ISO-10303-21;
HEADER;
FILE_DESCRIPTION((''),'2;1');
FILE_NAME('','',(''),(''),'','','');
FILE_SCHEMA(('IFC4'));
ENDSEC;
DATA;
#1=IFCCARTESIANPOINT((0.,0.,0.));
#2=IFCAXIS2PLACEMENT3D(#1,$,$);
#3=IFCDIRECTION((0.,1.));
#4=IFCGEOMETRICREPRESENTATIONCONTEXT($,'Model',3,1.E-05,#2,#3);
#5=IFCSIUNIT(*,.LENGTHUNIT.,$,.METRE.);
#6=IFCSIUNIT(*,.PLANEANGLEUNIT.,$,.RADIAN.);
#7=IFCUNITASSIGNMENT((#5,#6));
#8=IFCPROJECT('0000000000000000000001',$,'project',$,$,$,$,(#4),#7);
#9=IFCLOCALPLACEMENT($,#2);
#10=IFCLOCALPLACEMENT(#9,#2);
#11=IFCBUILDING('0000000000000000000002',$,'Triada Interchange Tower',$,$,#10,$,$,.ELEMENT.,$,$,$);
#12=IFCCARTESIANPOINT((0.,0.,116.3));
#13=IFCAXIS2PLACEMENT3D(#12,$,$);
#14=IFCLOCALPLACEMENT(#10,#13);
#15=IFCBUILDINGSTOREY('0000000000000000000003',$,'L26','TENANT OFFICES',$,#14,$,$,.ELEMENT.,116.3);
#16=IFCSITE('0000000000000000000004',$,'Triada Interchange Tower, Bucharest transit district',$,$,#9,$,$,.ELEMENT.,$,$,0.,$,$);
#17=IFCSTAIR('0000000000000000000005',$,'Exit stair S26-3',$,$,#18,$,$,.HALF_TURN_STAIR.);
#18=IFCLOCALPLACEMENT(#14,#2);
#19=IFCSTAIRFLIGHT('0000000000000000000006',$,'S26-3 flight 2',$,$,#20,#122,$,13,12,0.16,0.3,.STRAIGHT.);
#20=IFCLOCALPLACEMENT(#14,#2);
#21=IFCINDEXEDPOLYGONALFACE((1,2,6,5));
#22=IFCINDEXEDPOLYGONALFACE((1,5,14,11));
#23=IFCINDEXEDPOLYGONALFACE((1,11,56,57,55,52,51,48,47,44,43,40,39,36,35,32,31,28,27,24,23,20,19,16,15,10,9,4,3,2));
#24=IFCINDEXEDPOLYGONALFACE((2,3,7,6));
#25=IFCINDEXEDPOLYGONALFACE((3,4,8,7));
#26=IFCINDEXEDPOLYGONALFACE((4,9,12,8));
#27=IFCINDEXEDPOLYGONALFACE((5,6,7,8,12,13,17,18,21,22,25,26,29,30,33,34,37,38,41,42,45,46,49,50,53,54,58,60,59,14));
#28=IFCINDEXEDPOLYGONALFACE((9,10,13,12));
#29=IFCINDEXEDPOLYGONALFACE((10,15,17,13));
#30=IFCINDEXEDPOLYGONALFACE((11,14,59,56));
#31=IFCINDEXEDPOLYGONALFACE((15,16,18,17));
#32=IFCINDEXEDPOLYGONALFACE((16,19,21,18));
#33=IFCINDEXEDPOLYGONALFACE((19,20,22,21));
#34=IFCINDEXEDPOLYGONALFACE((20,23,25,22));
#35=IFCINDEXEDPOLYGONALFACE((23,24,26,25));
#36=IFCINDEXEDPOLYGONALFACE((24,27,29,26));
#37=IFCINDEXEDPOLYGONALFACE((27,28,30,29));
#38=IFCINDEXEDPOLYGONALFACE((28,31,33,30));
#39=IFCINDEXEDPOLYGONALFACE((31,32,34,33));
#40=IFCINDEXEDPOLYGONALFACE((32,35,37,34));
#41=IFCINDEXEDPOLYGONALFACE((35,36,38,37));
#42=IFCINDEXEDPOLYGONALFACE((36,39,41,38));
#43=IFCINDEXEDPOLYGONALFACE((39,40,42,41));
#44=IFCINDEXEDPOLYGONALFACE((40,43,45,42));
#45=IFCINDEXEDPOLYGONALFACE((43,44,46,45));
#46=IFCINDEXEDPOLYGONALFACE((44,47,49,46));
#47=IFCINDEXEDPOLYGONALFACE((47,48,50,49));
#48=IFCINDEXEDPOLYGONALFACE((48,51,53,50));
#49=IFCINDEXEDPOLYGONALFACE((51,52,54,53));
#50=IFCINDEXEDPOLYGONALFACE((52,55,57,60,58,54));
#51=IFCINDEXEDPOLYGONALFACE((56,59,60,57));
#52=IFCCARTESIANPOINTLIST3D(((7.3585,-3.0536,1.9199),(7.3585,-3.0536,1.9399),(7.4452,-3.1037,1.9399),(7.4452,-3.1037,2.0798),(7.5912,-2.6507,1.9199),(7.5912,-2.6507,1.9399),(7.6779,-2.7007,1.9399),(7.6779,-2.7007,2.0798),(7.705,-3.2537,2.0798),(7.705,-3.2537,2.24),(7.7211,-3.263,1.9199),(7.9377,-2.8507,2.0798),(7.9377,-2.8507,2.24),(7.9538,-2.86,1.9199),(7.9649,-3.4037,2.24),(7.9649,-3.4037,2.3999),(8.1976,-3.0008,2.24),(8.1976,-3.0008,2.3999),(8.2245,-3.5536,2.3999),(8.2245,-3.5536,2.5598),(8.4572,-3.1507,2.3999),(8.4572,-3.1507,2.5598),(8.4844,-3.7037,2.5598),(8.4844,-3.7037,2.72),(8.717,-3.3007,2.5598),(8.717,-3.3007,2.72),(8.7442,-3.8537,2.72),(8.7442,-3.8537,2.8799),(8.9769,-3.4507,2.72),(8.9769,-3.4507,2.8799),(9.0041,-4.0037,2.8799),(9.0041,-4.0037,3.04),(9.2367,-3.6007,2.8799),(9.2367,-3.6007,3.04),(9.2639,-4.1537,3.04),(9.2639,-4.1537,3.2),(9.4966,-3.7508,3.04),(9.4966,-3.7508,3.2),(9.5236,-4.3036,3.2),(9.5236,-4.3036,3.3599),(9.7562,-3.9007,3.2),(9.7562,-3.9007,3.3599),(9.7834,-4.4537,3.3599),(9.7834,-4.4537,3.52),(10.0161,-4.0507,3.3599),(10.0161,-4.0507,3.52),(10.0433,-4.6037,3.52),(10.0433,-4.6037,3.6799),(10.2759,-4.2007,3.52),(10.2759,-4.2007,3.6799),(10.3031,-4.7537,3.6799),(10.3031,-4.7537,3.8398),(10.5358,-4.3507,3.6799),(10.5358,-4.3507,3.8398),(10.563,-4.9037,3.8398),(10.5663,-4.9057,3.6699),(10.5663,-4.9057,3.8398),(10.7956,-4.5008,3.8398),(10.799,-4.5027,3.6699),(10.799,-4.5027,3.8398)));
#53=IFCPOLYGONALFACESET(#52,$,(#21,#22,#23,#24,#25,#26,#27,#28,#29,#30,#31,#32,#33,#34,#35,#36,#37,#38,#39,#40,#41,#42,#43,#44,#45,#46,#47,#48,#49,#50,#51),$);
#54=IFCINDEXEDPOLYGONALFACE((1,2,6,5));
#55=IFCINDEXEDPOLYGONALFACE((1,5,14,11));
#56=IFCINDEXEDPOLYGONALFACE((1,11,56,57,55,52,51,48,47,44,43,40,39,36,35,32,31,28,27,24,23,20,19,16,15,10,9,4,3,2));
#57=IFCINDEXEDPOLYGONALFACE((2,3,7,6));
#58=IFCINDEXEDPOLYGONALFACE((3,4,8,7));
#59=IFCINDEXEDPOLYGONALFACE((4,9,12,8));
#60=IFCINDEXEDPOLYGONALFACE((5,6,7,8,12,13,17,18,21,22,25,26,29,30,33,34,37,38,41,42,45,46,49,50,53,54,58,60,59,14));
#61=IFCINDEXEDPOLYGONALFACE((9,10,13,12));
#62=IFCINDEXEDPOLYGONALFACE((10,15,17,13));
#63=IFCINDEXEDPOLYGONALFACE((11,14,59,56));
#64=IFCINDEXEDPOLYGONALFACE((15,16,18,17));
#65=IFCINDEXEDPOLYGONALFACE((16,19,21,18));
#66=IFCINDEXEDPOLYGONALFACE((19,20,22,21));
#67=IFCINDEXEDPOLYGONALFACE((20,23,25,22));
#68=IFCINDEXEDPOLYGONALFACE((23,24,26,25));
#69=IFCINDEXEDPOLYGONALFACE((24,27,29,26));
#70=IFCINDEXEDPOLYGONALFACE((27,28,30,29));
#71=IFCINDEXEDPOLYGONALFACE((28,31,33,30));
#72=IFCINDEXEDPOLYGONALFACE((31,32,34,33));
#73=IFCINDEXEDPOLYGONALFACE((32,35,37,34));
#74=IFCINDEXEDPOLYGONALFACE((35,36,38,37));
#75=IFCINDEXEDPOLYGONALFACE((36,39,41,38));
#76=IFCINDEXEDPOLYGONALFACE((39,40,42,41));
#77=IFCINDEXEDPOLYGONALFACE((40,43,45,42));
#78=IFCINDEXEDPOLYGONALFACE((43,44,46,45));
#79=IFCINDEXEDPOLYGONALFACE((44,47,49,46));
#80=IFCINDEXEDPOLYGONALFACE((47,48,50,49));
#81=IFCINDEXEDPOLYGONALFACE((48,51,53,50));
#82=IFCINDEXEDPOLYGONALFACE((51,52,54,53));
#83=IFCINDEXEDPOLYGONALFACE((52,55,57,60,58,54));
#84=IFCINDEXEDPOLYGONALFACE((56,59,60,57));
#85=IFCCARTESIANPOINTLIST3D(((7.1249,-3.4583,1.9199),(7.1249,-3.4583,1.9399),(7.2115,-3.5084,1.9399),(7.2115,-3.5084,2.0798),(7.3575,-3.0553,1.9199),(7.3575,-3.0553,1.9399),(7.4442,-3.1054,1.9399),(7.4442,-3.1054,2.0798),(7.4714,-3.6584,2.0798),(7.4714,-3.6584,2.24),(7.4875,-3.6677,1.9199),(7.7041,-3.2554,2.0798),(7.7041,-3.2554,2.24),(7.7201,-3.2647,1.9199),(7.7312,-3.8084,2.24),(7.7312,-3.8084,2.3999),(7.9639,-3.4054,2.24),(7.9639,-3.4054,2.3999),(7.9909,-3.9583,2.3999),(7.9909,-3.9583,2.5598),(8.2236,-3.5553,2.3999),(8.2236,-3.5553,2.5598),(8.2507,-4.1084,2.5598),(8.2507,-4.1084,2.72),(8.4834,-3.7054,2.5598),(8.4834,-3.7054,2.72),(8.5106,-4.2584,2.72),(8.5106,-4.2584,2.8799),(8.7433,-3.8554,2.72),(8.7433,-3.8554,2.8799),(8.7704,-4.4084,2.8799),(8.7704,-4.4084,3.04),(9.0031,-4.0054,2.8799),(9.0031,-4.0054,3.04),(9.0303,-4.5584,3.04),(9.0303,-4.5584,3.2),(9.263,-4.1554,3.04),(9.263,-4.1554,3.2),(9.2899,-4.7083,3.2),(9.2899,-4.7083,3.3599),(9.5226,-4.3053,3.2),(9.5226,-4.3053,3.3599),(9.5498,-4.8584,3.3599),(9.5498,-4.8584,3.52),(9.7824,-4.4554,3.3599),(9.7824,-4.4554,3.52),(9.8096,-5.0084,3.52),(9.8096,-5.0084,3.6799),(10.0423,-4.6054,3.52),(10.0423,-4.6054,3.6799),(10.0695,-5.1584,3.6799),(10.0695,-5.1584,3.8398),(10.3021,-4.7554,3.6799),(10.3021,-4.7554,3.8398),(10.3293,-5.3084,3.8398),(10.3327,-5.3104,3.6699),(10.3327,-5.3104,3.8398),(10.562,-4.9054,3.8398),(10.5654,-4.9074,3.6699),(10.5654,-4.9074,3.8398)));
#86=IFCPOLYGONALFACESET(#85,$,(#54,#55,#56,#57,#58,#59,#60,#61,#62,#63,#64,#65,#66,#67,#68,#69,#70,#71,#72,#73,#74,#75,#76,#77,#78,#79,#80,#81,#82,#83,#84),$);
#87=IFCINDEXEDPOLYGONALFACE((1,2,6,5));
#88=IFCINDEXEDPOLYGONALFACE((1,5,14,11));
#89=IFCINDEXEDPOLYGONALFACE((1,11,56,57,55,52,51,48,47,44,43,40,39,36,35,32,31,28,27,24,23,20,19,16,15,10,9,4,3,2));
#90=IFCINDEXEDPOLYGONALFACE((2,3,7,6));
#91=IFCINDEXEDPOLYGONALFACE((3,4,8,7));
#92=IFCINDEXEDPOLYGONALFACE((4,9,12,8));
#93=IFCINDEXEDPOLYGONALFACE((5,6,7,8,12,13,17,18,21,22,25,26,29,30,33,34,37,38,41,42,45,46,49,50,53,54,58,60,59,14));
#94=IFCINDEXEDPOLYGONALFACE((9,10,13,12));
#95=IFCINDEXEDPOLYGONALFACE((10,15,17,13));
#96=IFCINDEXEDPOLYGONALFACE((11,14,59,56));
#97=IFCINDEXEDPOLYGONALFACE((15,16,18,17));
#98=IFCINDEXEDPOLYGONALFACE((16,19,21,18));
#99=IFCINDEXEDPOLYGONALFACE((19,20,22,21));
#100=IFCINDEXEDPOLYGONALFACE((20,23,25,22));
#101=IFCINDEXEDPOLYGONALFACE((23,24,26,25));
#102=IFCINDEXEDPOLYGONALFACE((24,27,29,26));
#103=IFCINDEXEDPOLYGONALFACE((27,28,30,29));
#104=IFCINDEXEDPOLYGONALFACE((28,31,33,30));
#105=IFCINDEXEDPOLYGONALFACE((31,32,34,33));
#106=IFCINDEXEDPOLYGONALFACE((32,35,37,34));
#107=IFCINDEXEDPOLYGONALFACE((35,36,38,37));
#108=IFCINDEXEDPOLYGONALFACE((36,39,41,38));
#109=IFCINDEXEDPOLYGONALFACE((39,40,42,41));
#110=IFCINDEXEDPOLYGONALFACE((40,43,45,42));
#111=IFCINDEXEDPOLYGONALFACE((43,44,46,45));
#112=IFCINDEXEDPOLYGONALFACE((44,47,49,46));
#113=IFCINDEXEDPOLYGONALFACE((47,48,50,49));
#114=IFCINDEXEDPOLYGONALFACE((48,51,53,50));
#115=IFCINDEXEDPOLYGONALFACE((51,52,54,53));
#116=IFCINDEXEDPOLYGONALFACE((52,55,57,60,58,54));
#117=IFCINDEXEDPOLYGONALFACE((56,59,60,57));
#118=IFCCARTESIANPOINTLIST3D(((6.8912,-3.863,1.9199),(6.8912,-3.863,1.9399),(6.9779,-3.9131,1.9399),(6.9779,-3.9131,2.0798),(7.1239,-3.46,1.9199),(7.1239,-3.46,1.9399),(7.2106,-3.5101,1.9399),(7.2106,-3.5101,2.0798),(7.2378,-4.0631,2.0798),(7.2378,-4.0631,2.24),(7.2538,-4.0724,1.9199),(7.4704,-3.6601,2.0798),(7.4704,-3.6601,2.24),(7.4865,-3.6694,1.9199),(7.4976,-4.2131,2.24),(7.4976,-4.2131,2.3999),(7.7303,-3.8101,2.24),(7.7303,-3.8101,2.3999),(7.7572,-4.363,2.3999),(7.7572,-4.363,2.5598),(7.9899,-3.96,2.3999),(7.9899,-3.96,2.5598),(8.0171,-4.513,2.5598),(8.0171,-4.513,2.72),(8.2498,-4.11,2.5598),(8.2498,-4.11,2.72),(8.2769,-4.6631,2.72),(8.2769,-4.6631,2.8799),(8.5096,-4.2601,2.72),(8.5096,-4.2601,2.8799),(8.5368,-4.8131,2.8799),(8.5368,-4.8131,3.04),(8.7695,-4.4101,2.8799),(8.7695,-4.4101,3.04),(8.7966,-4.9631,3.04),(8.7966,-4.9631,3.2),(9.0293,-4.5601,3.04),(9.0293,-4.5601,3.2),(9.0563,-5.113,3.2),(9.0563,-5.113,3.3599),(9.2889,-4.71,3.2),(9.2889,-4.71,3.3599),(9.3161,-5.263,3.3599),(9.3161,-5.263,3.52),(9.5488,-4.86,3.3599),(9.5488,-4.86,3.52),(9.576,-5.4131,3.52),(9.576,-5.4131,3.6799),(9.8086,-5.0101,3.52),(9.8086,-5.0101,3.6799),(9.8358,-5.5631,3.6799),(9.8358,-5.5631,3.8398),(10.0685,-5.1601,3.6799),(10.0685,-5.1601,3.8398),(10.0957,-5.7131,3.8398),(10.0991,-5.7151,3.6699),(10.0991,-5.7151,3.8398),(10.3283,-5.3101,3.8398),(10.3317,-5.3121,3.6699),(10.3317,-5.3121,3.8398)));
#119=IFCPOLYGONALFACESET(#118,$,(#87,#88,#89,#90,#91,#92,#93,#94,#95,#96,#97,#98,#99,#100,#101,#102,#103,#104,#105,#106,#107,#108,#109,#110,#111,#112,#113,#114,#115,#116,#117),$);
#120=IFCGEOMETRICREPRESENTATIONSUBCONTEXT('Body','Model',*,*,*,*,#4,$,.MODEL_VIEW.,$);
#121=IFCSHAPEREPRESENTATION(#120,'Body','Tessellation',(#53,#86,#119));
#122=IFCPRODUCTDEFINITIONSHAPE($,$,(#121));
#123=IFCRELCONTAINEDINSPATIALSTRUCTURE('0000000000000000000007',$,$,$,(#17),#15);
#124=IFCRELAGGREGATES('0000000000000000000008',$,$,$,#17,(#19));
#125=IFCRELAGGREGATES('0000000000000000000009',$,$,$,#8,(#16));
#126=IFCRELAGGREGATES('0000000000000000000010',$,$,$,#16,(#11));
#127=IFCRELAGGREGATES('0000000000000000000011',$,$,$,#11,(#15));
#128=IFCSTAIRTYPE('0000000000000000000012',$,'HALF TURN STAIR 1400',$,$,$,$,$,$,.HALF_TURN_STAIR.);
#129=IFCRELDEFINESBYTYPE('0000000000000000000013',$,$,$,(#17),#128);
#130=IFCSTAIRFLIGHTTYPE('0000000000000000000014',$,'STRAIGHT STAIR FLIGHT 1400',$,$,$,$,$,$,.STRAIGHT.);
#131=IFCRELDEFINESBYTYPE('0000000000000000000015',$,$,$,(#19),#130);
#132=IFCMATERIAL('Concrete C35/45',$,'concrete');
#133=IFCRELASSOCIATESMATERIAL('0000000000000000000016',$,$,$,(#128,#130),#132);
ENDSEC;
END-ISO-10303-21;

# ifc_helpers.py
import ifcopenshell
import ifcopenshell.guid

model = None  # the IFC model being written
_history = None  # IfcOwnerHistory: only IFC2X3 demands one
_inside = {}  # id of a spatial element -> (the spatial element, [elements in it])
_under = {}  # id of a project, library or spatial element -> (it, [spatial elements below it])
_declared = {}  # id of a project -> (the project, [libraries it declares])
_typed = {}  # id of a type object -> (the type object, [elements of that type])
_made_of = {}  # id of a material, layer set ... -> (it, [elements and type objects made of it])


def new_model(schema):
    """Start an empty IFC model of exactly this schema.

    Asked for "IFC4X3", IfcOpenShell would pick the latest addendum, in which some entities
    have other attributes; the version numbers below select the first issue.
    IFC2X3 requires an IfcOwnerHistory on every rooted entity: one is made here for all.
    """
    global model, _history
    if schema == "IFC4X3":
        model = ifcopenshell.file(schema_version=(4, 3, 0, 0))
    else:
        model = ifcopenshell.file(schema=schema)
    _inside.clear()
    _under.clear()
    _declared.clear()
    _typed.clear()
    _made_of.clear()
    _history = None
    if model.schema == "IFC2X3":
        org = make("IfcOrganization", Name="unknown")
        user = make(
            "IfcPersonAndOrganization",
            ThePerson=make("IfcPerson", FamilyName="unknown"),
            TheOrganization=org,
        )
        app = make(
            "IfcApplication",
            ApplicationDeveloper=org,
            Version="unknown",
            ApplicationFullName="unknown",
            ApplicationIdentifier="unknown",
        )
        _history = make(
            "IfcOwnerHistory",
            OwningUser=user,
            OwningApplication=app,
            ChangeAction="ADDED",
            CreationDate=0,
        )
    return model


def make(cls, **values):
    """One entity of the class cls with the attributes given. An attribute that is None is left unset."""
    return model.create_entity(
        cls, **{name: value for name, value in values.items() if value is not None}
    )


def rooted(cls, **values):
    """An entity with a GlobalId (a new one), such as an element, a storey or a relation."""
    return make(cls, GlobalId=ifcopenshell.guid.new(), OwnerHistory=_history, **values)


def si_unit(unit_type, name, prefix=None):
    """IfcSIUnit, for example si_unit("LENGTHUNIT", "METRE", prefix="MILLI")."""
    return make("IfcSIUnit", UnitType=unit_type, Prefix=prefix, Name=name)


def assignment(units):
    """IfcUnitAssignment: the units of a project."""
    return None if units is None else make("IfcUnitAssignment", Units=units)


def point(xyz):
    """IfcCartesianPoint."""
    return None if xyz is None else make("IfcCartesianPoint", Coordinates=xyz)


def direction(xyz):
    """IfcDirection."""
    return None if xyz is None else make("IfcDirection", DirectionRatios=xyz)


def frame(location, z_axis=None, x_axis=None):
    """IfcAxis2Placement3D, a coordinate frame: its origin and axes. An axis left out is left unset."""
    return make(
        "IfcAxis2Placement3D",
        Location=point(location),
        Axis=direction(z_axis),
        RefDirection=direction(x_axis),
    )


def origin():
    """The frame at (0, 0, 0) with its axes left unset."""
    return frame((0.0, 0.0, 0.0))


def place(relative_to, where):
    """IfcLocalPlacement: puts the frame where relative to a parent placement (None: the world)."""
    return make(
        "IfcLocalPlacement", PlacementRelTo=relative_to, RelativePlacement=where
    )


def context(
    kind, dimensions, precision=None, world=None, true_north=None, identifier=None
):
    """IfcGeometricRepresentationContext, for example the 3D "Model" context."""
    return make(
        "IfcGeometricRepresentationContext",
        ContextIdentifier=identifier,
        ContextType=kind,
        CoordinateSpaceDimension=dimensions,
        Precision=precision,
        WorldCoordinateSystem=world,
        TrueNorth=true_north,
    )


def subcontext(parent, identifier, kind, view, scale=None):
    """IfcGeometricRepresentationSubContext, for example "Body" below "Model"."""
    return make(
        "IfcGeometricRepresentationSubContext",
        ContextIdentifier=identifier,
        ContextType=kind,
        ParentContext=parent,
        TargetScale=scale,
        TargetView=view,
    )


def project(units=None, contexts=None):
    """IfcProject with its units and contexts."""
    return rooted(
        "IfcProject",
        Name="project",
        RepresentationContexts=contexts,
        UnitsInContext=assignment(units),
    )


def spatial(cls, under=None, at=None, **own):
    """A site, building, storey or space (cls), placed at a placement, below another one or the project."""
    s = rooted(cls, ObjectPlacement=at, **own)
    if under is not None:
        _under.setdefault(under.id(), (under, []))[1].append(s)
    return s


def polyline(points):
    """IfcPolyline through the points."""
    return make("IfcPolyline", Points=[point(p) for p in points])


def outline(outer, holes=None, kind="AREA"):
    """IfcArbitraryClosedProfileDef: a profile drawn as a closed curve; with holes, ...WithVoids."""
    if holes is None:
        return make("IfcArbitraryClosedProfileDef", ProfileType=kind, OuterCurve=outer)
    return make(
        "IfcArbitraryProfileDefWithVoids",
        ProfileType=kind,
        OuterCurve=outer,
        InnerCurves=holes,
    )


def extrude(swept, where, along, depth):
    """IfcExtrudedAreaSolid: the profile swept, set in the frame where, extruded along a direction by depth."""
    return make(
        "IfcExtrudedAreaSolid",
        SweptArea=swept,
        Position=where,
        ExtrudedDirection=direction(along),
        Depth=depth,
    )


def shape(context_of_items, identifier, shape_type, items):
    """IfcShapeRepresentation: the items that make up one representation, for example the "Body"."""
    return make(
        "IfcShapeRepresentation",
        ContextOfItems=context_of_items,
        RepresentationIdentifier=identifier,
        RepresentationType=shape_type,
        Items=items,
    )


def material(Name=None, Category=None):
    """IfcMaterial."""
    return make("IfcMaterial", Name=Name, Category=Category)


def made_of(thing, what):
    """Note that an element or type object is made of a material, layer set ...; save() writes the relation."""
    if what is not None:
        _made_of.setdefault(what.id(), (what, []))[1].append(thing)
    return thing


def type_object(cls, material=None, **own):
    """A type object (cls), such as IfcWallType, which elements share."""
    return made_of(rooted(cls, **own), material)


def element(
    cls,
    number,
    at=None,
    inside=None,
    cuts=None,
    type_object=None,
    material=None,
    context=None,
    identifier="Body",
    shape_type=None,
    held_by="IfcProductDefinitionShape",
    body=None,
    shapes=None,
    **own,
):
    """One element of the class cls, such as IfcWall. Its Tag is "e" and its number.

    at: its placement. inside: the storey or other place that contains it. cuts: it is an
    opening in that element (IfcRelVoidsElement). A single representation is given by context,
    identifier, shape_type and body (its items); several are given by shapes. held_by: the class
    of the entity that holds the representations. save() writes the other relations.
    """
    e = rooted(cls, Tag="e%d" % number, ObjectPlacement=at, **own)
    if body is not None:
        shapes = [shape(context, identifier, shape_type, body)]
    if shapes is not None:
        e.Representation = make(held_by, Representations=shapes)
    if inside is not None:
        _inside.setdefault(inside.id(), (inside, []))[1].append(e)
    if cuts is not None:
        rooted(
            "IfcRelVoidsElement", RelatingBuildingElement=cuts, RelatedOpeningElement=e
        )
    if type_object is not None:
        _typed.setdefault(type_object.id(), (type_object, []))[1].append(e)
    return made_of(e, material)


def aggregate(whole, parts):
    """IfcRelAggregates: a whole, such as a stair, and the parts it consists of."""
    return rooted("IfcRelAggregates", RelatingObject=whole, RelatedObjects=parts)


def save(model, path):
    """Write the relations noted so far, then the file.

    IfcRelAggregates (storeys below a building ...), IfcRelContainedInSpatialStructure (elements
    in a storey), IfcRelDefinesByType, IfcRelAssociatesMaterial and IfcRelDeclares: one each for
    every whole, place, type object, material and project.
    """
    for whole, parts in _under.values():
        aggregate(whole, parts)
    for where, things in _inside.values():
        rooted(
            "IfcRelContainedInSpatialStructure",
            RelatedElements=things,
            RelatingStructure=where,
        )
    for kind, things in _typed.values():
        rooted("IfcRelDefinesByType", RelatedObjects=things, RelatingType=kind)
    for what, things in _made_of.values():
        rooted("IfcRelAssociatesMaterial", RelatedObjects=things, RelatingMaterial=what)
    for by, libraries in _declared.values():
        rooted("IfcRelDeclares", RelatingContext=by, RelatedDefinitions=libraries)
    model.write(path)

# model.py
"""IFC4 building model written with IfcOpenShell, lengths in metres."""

from ifc_helpers import new_model, si_unit, direction, frame, origin, place, context, subcontext, project, spatial, polyline, outline, extrude, material, type_object, element, aggregate, save


model = new_model("IFC4")

# Units and contexts
model_context = context("Model", 3, precision=1e-05, world=origin(), true_north=direction((0.0, 1.0)))
body_context = subcontext(model_context, "Body", "Model", "MODEL_VIEW")
ifc_project = project(units=[si_unit("LENGTHUNIT", "METRE"), si_unit("PLANEANGLEUNIT", "RADIAN")], contexts=[model_context])

# Site, building, storey
site_placement = place(None, origin())
site = spatial("IfcSite", under=ifc_project, at=site_placement, Name="Triada Interchange Tower, Bucharest transit district", CompositionType="ELEMENT", RefElevation=0.0)
building_placement = place(site_placement, origin())
building = spatial("IfcBuilding", under=site, at=building_placement, Name="Triada Interchange Tower", CompositionType="ELEMENT")
storey_placement = place(building_placement, frame((0.0, 0.0, 116.3)))
storey = spatial("IfcBuildingStorey", under=building, at=storey_placement, Name="L26", Description="TENANT OFFICES", CompositionType="ELEMENT", Elevation=116.3)

# Stair, stair flight
ifc_material_1 = material(Name="Concrete C35/45", Category="concrete")
stair_type = type_object("IfcStairType", Name="HALF TURN STAIR 1400", PredefinedType="HALF_TURN_STAIR", material=ifc_material_1)
stair_placement = place(storey_placement, origin())
stair = element("IfcStair", 1, at=stair_placement, inside=storey, type_object=stair_type, Name="Exit stair S26-3", PredefinedType="HALF_TURN_STAIR")
stair_flight_type = type_object("IfcStairFlightType", Name="STRAIGHT STAIR FLIGHT 1400", PredefinedType="STRAIGHT", material=ifc_material_1)
stair_flight_1_placement = place(storey_placement, frame((7.3279, -3.3069, 1.9199), z_axis=(0.0, 0.0, 1.0), x_axis=(0.866025, -0.5, 0.0)))
stair_flight_1 = element("IfcStairFlight", 2, at=stair_flight_1_placement, type_object=stair_flight_type, Name="S26-3 flight 2", NumberOfRisers=13, NumberOfTreads=12, PredefinedType="STRAIGHT", RiserHeight=0.16, TreadLength=0.3, context=body_context, shape_type="SweptSolid", body=[
    extrude(outline(polyline([(-0.1001, 0.0), (-0.1001, 0.02), (0.0, 0.02), (0.0, 0.1599), (0.3, 0.1599), (0.3, 0.3201), (0.6001, 0.3201), (0.6001, 0.48), (0.8999, 0.48), (0.8999, 0.6399), (1.2, 0.6399), (1.2, 0.8), (1.5, 0.8), (1.5, 0.96), (1.8, 0.96), (1.8, 1.1201), (2.1001, 1.1201), (2.1001, 1.28), (2.3999, 1.28), (2.3999, 1.4399), (2.7, 1.4399), (2.7, 1.6001), (3.0, 1.6001), (3.0, 1.76), (3.3, 1.76), (3.3, 1.9199), (3.6001, 1.9199), (3.604, 1.9199), (3.604, 2.0801), (3.604, 1.75), (0.3186, 0.0), (-0.1001, 0.0)])), frame((0.0, 0.7, 0.0), z_axis=(0.0, -1.0, 0.0), x_axis=(1.0, 0.0, 0.0)), (0.0, 0.0, 1.0), 0.4653),
    extrude(outline(polyline([(-0.1001, 0.0), (-0.1001, 0.02), (0.0, 0.02), (0.0, 0.1599), (0.3, 0.1599), (0.3, 0.3201), (0.6001, 0.3201), (0.6001, 0.48), (0.8999, 0.48), (0.8999, 0.6399), (1.2, 0.6399), (1.2, 0.8), (1.5, 0.8), (1.5, 0.96), (1.8, 0.96), (1.8, 1.1201), (2.1001, 1.1201), (2.1001, 1.28), (2.3999, 1.28), (2.3999, 1.4399), (2.7, 1.4399), (2.7, 1.6001), (3.0, 1.6001), (3.0, 1.76), (3.3, 1.76), (3.3, 1.9199), (3.6001, 1.9199), (3.604, 1.9199), (3.604, 2.0801), (3.604, 1.75), (0.3186, 0.0), (-0.1001, 0.0)])), frame((0.0, 0.2327, 0.0), z_axis=(0.0, -1.0, 0.0), x_axis=(1.0, 0.0, 0.0)), (0.0, 0.0, 1.0), 0.4653),
    extrude(outline(polyline([(-0.1001, 0.0), (-0.1001, 0.02), (0.0, 0.02), (0.0, 0.1599), (0.3, 0.1599), (0.3, 0.3201), (0.6001, 0.3201), (0.6001, 0.48), (0.8999, 0.48), (0.8999, 0.6399), (1.2, 0.6399), (1.2, 0.8), (1.5, 0.8), (1.5, 0.96), (1.8, 0.96), (1.8, 1.1201), (2.1001, 1.1201), (2.1001, 1.28), (2.3999, 1.28), (2.3999, 1.4399), (2.7, 1.4399), (2.7, 1.6001), (3.0, 1.6001), (3.0, 1.76), (3.3, 1.76), (3.3, 1.9199), (3.6001, 1.9199), (3.604, 1.9199), (3.604, 2.0801), (3.604, 1.75), (0.3186, 0.0), (-0.1001, 0.0)])), frame((0.0, -0.2346, 0.0), z_axis=(0.0, -1.0, 0.0), x_axis=(1.0, 0.0, 0.0)), (0.0, 0.0, 1.0), 0.4653),
])
aggregate(stair, [stair_flight_1])

save(model, "model.ifc")
